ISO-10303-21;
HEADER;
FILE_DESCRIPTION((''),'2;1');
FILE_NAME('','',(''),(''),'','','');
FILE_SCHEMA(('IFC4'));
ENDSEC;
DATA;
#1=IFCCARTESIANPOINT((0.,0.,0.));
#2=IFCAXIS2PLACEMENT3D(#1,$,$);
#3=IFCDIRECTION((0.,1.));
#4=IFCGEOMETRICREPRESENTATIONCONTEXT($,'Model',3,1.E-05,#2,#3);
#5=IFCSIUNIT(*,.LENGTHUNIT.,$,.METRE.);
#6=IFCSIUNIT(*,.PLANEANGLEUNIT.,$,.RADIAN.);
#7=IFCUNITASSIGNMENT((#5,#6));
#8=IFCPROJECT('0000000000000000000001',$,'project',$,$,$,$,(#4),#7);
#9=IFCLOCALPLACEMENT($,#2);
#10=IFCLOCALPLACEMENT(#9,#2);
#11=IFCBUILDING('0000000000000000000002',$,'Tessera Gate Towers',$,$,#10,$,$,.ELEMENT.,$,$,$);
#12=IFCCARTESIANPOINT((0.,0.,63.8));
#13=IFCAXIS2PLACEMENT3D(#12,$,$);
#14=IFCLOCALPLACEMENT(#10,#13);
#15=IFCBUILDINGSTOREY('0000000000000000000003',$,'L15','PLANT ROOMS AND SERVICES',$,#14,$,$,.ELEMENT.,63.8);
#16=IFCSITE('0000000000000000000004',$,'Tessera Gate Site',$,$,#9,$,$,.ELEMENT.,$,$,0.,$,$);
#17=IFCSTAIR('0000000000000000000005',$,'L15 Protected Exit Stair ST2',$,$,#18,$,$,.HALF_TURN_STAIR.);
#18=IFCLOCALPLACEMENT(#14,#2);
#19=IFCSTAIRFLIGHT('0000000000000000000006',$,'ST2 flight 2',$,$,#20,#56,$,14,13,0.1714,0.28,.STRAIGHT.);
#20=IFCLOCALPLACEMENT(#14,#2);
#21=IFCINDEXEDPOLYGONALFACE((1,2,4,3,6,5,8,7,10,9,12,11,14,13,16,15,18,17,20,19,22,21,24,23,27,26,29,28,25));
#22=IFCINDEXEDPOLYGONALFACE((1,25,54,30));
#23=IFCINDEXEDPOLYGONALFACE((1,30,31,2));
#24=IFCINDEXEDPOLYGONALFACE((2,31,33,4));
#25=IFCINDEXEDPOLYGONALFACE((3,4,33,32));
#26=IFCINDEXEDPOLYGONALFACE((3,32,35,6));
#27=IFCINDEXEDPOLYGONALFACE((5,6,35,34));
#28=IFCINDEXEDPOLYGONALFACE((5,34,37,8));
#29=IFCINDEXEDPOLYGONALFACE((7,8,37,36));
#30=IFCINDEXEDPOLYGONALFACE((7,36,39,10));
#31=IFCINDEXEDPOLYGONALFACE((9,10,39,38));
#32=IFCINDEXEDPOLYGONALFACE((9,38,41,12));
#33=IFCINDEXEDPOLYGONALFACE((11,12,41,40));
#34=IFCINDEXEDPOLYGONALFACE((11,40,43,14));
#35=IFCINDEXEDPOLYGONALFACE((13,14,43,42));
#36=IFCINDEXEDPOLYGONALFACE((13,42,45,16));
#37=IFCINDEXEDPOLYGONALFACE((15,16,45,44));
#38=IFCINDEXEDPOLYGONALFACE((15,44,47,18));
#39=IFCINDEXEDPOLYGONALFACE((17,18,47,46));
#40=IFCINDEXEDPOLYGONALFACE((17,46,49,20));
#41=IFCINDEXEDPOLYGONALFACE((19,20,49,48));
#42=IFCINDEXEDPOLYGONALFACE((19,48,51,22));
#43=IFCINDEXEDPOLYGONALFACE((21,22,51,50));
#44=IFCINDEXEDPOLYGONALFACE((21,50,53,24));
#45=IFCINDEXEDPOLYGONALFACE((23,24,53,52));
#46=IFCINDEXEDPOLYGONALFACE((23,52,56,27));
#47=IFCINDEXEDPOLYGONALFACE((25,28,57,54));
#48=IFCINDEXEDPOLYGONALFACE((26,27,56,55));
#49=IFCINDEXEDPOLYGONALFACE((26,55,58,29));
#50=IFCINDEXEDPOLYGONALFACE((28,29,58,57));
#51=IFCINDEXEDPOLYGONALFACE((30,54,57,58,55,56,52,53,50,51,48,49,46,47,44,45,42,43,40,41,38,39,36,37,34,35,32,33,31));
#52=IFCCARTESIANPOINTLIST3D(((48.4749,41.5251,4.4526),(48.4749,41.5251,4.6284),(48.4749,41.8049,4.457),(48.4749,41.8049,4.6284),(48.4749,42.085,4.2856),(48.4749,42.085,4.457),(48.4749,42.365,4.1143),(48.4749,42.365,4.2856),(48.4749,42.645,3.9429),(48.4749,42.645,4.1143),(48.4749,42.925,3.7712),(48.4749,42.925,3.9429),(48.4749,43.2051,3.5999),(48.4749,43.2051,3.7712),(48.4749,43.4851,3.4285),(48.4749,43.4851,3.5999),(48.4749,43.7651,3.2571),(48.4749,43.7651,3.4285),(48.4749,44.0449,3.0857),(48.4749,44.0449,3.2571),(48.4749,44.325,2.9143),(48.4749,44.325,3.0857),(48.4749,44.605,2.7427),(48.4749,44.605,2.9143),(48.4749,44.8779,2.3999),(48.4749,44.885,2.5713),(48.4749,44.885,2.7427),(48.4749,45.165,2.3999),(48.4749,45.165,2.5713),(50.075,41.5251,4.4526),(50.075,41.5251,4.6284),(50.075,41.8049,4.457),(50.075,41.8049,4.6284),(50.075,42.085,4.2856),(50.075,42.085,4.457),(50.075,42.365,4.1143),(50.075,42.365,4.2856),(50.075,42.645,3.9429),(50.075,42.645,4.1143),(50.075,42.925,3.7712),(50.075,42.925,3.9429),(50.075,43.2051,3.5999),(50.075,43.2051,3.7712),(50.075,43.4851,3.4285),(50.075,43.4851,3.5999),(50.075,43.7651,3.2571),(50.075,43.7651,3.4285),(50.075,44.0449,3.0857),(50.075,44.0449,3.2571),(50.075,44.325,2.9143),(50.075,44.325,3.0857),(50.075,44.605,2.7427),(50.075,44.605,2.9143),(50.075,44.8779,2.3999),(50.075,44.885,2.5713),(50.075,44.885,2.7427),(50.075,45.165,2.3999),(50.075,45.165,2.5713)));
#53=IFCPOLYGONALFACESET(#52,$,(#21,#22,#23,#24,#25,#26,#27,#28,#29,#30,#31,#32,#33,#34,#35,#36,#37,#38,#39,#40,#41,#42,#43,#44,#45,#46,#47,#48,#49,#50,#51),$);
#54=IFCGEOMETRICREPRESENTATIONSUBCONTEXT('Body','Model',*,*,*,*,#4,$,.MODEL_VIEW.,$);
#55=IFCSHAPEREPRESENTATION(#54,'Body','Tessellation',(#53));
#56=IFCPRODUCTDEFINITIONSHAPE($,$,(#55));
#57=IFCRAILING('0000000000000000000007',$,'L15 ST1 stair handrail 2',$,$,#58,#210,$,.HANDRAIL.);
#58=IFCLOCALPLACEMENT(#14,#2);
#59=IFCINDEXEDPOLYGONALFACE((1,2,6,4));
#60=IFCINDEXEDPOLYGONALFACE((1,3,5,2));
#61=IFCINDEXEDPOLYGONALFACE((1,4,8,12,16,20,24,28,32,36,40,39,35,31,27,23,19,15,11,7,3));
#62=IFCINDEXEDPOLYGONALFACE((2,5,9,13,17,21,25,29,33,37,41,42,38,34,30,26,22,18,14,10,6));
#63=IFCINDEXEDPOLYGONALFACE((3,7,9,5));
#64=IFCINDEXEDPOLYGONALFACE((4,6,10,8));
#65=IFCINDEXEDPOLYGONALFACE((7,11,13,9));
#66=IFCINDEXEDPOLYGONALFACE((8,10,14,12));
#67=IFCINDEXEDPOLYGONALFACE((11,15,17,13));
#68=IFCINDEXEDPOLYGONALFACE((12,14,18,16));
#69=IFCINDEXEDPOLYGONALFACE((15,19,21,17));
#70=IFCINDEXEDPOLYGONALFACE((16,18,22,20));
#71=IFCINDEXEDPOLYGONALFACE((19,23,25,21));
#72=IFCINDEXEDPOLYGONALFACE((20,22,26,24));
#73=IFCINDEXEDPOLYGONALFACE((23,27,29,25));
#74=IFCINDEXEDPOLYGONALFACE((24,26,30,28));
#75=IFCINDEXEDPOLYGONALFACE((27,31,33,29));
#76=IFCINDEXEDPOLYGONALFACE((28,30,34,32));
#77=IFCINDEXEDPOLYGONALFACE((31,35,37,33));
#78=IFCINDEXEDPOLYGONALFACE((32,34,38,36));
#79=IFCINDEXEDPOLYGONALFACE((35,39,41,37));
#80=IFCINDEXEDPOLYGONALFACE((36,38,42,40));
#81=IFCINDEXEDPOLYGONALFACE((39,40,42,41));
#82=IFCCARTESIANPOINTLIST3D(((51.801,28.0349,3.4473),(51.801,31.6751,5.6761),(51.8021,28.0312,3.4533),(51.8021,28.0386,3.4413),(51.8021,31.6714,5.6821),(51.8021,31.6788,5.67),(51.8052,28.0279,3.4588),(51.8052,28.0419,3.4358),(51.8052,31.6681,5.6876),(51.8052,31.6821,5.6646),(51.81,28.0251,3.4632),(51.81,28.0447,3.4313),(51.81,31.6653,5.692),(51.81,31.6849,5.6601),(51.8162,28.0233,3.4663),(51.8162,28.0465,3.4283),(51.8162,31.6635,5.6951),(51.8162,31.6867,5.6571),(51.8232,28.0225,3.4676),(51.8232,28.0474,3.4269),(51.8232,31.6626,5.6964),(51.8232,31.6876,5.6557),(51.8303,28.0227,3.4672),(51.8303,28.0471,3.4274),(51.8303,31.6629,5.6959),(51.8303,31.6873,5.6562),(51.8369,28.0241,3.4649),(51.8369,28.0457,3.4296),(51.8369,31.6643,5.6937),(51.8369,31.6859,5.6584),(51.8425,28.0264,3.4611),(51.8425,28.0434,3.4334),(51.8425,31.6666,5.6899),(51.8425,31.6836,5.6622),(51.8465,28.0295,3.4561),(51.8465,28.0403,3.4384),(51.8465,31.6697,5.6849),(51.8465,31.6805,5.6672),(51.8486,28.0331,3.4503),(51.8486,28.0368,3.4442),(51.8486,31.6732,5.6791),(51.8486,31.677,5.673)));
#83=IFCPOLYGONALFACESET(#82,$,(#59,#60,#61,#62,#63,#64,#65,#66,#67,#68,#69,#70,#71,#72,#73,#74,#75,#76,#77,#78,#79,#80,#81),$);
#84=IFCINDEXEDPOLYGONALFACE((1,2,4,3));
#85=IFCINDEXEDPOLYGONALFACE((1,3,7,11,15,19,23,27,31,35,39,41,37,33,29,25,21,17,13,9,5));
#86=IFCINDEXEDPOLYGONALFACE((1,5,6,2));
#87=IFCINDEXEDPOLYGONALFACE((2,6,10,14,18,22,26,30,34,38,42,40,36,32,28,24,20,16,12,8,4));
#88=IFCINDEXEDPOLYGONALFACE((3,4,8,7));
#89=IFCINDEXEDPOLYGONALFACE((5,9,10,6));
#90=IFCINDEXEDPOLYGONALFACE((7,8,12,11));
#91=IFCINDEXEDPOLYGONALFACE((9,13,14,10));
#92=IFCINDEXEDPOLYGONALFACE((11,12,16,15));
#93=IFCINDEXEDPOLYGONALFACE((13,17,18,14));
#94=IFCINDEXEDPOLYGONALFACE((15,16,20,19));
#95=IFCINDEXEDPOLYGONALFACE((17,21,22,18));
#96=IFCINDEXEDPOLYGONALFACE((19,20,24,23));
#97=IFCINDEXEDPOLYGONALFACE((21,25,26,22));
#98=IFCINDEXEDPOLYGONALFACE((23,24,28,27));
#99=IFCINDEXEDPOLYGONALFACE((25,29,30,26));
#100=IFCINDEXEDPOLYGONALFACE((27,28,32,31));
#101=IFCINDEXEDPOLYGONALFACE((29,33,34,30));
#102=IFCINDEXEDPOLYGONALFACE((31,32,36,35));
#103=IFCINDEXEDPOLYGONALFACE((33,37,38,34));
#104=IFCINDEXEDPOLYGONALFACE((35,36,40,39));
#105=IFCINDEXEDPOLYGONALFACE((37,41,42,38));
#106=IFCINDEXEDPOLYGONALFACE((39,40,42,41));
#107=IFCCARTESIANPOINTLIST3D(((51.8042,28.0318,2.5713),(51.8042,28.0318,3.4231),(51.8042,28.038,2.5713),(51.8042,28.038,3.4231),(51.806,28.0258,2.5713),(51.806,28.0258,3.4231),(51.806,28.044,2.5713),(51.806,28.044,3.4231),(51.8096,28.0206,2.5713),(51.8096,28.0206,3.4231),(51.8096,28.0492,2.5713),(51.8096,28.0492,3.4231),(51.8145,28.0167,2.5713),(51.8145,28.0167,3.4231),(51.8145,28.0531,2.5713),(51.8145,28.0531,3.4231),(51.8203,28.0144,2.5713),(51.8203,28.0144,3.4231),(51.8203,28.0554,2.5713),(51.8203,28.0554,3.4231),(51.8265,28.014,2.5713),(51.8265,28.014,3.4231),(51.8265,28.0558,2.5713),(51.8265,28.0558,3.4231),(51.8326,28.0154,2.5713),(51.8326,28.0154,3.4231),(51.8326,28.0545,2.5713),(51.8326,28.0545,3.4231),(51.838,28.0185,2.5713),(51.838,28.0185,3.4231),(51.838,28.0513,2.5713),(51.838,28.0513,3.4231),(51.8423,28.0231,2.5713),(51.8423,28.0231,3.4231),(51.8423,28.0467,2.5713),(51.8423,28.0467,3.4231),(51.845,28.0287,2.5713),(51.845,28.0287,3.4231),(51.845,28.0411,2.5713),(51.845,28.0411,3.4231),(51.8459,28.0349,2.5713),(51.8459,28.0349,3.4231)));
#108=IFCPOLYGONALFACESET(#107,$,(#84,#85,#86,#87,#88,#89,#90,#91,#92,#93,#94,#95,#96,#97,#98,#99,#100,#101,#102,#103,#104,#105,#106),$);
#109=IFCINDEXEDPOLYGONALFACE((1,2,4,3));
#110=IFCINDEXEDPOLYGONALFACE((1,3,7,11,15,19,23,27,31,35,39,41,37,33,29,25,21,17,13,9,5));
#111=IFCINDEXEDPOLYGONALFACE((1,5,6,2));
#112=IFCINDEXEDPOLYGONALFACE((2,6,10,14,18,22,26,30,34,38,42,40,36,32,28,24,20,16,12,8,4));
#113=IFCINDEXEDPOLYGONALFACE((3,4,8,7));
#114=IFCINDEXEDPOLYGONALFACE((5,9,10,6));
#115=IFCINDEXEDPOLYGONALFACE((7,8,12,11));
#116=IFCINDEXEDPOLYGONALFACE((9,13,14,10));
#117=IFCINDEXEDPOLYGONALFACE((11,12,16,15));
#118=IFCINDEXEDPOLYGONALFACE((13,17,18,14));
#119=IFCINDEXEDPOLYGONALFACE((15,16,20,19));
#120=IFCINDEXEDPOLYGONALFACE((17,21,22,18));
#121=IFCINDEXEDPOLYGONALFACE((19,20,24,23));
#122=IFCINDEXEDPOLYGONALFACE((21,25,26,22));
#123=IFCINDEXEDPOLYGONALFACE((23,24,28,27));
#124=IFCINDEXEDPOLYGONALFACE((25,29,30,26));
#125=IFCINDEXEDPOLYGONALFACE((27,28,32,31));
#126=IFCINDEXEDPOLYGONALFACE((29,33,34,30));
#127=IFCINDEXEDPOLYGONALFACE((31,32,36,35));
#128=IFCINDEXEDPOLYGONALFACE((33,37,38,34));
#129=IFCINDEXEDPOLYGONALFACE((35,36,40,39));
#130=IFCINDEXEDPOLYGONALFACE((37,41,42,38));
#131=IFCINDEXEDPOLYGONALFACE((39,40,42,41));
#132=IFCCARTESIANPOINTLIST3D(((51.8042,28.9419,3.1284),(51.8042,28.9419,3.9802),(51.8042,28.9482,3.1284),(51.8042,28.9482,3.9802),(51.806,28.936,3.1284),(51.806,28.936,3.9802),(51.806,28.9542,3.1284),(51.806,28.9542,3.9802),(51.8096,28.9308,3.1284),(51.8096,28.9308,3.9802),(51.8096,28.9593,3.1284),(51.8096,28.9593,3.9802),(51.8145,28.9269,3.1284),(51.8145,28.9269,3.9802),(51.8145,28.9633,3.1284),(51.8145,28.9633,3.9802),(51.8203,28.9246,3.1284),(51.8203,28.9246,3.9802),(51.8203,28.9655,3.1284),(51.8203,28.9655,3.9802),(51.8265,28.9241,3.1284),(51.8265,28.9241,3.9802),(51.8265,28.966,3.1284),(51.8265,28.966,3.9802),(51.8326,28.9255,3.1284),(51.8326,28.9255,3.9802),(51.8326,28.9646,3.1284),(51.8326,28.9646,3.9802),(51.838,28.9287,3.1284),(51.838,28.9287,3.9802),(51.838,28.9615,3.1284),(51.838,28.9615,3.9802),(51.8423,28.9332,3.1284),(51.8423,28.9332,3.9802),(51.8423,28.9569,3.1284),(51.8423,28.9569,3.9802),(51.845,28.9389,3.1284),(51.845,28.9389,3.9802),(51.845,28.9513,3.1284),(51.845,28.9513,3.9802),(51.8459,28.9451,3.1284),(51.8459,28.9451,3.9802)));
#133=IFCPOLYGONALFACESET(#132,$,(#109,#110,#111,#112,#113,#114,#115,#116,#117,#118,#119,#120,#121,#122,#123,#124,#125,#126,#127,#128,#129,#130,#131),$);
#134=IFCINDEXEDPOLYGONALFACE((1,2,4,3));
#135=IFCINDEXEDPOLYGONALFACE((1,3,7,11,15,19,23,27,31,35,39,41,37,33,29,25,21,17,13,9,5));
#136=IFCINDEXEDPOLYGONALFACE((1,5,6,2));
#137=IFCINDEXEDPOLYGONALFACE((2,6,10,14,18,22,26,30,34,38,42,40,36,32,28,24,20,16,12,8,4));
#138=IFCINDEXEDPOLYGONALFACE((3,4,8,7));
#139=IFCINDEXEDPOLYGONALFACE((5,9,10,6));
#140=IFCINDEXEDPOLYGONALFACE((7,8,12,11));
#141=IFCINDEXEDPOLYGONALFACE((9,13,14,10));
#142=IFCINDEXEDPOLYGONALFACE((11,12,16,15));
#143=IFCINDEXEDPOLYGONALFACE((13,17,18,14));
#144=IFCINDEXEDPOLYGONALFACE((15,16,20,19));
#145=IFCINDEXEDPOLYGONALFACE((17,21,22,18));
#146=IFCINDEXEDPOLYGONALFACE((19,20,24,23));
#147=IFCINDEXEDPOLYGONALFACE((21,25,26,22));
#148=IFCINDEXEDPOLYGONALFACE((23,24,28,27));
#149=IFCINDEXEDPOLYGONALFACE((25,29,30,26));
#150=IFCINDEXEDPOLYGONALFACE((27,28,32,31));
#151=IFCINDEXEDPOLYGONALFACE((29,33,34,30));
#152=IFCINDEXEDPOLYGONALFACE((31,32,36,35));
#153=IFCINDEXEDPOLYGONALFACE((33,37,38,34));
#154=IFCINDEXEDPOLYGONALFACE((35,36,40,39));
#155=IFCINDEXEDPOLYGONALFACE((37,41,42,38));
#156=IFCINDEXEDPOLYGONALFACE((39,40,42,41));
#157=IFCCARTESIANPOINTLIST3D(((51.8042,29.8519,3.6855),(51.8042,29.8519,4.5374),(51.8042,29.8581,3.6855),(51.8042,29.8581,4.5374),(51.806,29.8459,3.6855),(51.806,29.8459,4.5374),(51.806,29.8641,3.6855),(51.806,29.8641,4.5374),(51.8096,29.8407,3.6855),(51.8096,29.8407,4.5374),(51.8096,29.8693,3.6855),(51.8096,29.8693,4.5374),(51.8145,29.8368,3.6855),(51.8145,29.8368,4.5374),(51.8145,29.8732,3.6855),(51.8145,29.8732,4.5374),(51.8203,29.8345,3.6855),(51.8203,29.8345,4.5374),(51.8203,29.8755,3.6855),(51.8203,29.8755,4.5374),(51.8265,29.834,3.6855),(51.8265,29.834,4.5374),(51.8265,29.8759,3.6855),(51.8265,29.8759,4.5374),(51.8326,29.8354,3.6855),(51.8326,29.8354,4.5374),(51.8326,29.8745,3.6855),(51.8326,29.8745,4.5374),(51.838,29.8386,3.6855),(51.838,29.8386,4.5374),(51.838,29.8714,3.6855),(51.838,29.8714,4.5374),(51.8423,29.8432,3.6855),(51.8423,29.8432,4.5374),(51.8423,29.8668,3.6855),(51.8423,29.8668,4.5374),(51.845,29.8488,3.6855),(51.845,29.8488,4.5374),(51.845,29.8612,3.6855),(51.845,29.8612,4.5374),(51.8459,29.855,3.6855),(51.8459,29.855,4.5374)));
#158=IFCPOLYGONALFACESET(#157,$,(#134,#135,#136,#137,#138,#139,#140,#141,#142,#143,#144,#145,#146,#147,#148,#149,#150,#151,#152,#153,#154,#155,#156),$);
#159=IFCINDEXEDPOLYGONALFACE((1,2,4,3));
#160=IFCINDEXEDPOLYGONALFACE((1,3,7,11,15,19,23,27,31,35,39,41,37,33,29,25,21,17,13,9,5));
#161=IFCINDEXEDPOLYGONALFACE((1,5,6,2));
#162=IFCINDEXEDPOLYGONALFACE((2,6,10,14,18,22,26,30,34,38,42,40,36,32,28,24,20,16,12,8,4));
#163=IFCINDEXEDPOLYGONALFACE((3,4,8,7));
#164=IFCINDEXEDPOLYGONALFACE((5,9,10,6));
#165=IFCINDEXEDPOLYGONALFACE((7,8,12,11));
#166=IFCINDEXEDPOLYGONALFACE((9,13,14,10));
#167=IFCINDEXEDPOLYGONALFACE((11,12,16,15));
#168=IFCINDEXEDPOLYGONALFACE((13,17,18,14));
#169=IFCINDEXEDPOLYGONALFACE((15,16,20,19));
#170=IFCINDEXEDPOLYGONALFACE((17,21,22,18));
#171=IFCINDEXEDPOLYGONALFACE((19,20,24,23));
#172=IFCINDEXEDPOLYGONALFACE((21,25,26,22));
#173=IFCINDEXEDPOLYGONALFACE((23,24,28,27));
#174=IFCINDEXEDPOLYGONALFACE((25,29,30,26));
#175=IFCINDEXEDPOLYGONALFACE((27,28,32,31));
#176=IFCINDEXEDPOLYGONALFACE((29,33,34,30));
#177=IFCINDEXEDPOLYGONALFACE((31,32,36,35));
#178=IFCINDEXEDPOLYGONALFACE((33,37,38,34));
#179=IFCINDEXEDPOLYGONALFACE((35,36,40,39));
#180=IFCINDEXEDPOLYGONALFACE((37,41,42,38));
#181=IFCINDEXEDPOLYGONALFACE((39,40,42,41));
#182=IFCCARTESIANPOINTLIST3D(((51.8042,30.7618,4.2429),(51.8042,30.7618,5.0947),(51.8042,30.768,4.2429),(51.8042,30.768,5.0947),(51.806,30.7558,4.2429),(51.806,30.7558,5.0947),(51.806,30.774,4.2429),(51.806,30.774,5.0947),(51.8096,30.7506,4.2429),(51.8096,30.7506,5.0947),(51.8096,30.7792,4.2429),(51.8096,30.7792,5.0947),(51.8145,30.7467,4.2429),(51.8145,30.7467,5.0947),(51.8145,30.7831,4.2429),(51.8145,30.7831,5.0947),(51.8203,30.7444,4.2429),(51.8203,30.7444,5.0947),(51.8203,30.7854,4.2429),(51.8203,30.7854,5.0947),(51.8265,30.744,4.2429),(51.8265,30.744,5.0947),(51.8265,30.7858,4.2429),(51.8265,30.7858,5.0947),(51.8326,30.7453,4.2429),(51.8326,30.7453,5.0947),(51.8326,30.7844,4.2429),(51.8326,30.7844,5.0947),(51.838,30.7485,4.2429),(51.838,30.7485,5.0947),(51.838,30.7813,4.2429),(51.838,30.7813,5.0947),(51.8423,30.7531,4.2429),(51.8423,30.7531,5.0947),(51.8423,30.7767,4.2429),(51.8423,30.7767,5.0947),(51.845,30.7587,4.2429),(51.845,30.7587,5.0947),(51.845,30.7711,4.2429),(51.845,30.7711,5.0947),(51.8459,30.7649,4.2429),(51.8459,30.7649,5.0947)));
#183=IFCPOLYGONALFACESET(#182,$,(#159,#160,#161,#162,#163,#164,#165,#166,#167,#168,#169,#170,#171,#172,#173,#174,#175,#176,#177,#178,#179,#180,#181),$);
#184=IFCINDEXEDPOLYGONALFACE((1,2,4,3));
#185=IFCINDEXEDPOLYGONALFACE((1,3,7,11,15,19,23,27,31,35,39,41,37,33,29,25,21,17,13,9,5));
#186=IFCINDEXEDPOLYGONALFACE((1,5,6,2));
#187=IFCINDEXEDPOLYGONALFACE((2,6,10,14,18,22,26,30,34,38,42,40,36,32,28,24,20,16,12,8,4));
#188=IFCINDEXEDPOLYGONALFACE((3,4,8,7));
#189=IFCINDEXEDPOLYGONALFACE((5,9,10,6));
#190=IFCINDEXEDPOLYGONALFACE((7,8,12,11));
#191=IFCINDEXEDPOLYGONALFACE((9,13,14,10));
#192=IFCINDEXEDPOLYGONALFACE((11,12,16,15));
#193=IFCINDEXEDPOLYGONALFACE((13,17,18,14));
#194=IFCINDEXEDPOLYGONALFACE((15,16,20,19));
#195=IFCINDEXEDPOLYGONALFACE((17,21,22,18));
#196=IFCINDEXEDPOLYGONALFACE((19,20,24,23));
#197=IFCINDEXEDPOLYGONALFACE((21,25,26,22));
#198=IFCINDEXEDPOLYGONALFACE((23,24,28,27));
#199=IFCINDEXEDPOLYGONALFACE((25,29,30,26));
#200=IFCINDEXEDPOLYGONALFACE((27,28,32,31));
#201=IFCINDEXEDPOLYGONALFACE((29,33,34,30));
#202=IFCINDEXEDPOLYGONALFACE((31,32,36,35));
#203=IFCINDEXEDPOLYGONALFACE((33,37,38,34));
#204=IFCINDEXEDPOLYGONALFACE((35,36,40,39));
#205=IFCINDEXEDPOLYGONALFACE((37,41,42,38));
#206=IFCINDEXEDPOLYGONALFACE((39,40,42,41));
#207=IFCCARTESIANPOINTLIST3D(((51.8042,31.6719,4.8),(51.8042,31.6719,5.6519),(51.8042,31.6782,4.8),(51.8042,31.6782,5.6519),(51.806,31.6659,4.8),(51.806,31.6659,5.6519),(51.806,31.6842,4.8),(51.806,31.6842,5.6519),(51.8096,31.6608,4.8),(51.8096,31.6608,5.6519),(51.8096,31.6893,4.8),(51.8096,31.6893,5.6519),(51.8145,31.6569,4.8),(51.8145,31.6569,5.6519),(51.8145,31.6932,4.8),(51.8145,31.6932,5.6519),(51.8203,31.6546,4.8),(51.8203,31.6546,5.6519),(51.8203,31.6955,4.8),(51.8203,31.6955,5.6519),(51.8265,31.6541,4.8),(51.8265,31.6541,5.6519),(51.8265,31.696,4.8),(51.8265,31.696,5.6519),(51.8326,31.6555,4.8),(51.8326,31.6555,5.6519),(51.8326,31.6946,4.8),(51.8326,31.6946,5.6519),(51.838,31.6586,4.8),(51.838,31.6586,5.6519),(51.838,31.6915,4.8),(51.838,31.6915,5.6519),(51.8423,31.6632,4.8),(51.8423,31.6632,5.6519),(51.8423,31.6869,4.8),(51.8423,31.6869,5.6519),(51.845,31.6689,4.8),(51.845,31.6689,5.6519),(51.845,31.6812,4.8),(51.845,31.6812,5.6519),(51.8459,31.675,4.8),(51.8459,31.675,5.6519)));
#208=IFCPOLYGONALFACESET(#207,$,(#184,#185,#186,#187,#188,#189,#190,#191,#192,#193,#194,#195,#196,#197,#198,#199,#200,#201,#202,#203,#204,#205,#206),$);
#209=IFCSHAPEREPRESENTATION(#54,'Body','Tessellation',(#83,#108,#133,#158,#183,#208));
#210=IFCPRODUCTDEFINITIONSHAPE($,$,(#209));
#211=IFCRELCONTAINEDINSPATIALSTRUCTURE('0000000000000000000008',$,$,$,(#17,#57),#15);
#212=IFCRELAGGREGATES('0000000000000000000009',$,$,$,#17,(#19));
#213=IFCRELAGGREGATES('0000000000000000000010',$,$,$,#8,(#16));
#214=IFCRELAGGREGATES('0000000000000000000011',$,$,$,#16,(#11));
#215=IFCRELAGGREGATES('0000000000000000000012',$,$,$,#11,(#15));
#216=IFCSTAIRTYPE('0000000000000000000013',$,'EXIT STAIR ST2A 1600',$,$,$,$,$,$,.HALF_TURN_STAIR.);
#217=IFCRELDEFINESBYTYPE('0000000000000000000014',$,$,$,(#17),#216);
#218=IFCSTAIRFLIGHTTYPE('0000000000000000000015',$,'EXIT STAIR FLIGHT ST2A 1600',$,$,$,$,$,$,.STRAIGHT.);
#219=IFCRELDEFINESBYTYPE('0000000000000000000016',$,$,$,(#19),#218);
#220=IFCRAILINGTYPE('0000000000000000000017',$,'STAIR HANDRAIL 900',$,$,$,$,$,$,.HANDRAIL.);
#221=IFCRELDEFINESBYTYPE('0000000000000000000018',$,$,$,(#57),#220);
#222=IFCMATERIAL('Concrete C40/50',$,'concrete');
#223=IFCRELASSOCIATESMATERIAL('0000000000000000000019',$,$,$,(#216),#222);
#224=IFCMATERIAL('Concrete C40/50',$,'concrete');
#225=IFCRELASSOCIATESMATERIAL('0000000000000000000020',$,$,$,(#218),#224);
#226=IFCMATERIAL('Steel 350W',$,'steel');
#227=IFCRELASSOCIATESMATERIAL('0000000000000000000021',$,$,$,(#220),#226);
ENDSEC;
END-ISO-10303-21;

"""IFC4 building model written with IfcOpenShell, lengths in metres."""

from ifc_helpers import new_model, si_unit, direction, frame, origin, origin_2d, place, context, subcontext, project, spatial, polyline, circle, outline, extrude, material, type_object, element, aggregate, save


model = new_model("IFC4")

# Units and contexts
model_context = context("Model", 3, precision=1e-05, world=origin(), true_north=direction((0.0, 1.0)))
body_context = subcontext(model_context, "Body", "Model", "MODEL_VIEW")
ifc_project = project(units=[si_unit("LENGTHUNIT", "METRE"), si_unit("PLANEANGLEUNIT", "RADIAN")], contexts=[model_context])

# Site, building, storey
site_placement = place(None, origin())
site = spatial("IfcSite", under=ifc_project, at=site_placement, Name="Tessera Gate Site", CompositionType="ELEMENT", RefElevation=0.0)
building_placement = place(site_placement, origin())
building = spatial("IfcBuilding", under=site, at=building_placement, Name="Tessera Gate Towers", CompositionType="ELEMENT")
storey_placement = place(building_placement, frame((0.0, 0.0, 63.8)))
storey = spatial("IfcBuildingStorey", under=building, at=storey_placement, Name="L15", Description="PLANT ROOMS AND SERVICES", CompositionType="ELEMENT", Elevation=63.8)

# Stair, stair flight
ifc_material_1 = material(Name="Concrete C40/50", Category="concrete")
stair_type_1 = type_object("IfcStairType", Name="EXIT STAIR ST2A 1600", PredefinedType="HALF_TURN_STAIR", material=ifc_material_1)
stair_1_placement = place(storey_placement, origin())
stair_1 = element("IfcStair", 1, at=stair_1_placement, inside=storey, type_object=stair_type_1, Name="L15 Protected Exit Stair ST2", PredefinedType="HALF_TURN_STAIR")
ifc_material_2 = material(Name="Concrete C40/50", Category="concrete")
stair_flight_type_1 = type_object("IfcStairFlightType", Name="EXIT STAIR FLIGHT ST2A 1600", PredefinedType="STRAIGHT", material=ifc_material_2)
stair_flight_1_placement = place(storey_placement, frame((49.2749, 45.165, 2.3999), z_axis=(0.0, 0.0, 1.0), x_axis=(0.0, -1.0, 0.0)))
stair_flight_1 = element("IfcStairFlight", 2, at=stair_flight_1_placement, type_object=stair_flight_type_1, Name="ST2 flight 2", NumberOfRisers=14, NumberOfTreads=13, PredefinedType="STRAIGHT", RiserHeight=0.1714, TreadLength=0.28, context=body_context, shape_type="SweptSolid", body=[
    extrude(outline(polyline([(0.0, 0.0), (0.0, 0.1714), (0.28, 0.1714), (0.28, 0.3428), (0.5601, 0.3428), (0.5601, 0.5144), (0.8401, 0.5144), (0.8401, 0.6858), (1.1201, 0.6858), (1.1201, 0.8572), (1.3999, 0.8572), (1.3999, 1.0286), (1.6799, 1.0286), (1.6799, 1.2), (1.96, 1.2), (1.96, 1.3713), (2.24, 1.3713), (2.24, 1.543), (2.52, 1.543), (2.52, 1.7144), (2.8, 1.7144), (2.8, 1.8857), (3.0801, 1.8857), (3.0801, 2.0571), (3.3601, 2.0571), (3.3601, 2.2285), (3.6399, 2.2285), (3.6399, 2.3999), (3.6399, 2.0527), (0.2871, 0.0), (0.0, 0.0)])), frame((0.0, 0.8, 0.0), z_axis=(0.0, -1.0, 0.0), x_axis=(1.0, 0.0, 0.0)), (0.0, 0.0, 1.0), 1.6001),
])
aggregate(stair_1, [stair_flight_1])

# Railing
ifc_material_3 = material(Name="Steel 350W", Category="steel")
railing_type_1 = type_object("IfcRailingType", Name="STAIR HANDRAIL 900", PredefinedType="HANDRAIL", material=ifc_material_3)
railing_1_placement = place(storey_placement, frame((51.825, 28.0349, 2.5713)))
element("IfcRailing", 3, at=railing_1_placement, inside=storey, type_object=railing_type_1, Name="L15 ST1 stair handrail 2", PredefinedType="HANDRAIL", context=body_context, shape_type="SweptSolid", body=[
    extrude(circle(Radius=0.0239, at=origin_2d()), frame((0.0, 0.0, 0.876), z_axis=(0.0, 0.85284, 0.522172), x_axis=(-1.0, 0.0, 0.0)), (0.0, 0.0, 1.0), 4.2683),
    extrude(circle(Radius=0.021, at=origin_2d()), origin(), (0.0, 0.0, 1.0), 0.8518),
    extrude(circle(Radius=0.021, at=origin_2d()), frame((0.0, 0.9102, 0.5571)), (0.0, 0.0, 1.0), 0.8518),
    extrude(circle(Radius=0.021, at=origin_2d()), frame((0.0, 1.8201, 1.1143)), (0.0, 0.0, 1.0), 0.8518),
    extrude(circle(Radius=0.021, at=origin_2d()), frame((0.0, 2.73, 1.6716)), (0.0, 0.0, 1.0), 0.8518),
    extrude(circle(Radius=0.021, at=origin_2d()), frame((0.0, 3.6401, 2.2288)), (0.0, 0.0, 1.0), 0.8518),
])

save(model, "model.ifc")
